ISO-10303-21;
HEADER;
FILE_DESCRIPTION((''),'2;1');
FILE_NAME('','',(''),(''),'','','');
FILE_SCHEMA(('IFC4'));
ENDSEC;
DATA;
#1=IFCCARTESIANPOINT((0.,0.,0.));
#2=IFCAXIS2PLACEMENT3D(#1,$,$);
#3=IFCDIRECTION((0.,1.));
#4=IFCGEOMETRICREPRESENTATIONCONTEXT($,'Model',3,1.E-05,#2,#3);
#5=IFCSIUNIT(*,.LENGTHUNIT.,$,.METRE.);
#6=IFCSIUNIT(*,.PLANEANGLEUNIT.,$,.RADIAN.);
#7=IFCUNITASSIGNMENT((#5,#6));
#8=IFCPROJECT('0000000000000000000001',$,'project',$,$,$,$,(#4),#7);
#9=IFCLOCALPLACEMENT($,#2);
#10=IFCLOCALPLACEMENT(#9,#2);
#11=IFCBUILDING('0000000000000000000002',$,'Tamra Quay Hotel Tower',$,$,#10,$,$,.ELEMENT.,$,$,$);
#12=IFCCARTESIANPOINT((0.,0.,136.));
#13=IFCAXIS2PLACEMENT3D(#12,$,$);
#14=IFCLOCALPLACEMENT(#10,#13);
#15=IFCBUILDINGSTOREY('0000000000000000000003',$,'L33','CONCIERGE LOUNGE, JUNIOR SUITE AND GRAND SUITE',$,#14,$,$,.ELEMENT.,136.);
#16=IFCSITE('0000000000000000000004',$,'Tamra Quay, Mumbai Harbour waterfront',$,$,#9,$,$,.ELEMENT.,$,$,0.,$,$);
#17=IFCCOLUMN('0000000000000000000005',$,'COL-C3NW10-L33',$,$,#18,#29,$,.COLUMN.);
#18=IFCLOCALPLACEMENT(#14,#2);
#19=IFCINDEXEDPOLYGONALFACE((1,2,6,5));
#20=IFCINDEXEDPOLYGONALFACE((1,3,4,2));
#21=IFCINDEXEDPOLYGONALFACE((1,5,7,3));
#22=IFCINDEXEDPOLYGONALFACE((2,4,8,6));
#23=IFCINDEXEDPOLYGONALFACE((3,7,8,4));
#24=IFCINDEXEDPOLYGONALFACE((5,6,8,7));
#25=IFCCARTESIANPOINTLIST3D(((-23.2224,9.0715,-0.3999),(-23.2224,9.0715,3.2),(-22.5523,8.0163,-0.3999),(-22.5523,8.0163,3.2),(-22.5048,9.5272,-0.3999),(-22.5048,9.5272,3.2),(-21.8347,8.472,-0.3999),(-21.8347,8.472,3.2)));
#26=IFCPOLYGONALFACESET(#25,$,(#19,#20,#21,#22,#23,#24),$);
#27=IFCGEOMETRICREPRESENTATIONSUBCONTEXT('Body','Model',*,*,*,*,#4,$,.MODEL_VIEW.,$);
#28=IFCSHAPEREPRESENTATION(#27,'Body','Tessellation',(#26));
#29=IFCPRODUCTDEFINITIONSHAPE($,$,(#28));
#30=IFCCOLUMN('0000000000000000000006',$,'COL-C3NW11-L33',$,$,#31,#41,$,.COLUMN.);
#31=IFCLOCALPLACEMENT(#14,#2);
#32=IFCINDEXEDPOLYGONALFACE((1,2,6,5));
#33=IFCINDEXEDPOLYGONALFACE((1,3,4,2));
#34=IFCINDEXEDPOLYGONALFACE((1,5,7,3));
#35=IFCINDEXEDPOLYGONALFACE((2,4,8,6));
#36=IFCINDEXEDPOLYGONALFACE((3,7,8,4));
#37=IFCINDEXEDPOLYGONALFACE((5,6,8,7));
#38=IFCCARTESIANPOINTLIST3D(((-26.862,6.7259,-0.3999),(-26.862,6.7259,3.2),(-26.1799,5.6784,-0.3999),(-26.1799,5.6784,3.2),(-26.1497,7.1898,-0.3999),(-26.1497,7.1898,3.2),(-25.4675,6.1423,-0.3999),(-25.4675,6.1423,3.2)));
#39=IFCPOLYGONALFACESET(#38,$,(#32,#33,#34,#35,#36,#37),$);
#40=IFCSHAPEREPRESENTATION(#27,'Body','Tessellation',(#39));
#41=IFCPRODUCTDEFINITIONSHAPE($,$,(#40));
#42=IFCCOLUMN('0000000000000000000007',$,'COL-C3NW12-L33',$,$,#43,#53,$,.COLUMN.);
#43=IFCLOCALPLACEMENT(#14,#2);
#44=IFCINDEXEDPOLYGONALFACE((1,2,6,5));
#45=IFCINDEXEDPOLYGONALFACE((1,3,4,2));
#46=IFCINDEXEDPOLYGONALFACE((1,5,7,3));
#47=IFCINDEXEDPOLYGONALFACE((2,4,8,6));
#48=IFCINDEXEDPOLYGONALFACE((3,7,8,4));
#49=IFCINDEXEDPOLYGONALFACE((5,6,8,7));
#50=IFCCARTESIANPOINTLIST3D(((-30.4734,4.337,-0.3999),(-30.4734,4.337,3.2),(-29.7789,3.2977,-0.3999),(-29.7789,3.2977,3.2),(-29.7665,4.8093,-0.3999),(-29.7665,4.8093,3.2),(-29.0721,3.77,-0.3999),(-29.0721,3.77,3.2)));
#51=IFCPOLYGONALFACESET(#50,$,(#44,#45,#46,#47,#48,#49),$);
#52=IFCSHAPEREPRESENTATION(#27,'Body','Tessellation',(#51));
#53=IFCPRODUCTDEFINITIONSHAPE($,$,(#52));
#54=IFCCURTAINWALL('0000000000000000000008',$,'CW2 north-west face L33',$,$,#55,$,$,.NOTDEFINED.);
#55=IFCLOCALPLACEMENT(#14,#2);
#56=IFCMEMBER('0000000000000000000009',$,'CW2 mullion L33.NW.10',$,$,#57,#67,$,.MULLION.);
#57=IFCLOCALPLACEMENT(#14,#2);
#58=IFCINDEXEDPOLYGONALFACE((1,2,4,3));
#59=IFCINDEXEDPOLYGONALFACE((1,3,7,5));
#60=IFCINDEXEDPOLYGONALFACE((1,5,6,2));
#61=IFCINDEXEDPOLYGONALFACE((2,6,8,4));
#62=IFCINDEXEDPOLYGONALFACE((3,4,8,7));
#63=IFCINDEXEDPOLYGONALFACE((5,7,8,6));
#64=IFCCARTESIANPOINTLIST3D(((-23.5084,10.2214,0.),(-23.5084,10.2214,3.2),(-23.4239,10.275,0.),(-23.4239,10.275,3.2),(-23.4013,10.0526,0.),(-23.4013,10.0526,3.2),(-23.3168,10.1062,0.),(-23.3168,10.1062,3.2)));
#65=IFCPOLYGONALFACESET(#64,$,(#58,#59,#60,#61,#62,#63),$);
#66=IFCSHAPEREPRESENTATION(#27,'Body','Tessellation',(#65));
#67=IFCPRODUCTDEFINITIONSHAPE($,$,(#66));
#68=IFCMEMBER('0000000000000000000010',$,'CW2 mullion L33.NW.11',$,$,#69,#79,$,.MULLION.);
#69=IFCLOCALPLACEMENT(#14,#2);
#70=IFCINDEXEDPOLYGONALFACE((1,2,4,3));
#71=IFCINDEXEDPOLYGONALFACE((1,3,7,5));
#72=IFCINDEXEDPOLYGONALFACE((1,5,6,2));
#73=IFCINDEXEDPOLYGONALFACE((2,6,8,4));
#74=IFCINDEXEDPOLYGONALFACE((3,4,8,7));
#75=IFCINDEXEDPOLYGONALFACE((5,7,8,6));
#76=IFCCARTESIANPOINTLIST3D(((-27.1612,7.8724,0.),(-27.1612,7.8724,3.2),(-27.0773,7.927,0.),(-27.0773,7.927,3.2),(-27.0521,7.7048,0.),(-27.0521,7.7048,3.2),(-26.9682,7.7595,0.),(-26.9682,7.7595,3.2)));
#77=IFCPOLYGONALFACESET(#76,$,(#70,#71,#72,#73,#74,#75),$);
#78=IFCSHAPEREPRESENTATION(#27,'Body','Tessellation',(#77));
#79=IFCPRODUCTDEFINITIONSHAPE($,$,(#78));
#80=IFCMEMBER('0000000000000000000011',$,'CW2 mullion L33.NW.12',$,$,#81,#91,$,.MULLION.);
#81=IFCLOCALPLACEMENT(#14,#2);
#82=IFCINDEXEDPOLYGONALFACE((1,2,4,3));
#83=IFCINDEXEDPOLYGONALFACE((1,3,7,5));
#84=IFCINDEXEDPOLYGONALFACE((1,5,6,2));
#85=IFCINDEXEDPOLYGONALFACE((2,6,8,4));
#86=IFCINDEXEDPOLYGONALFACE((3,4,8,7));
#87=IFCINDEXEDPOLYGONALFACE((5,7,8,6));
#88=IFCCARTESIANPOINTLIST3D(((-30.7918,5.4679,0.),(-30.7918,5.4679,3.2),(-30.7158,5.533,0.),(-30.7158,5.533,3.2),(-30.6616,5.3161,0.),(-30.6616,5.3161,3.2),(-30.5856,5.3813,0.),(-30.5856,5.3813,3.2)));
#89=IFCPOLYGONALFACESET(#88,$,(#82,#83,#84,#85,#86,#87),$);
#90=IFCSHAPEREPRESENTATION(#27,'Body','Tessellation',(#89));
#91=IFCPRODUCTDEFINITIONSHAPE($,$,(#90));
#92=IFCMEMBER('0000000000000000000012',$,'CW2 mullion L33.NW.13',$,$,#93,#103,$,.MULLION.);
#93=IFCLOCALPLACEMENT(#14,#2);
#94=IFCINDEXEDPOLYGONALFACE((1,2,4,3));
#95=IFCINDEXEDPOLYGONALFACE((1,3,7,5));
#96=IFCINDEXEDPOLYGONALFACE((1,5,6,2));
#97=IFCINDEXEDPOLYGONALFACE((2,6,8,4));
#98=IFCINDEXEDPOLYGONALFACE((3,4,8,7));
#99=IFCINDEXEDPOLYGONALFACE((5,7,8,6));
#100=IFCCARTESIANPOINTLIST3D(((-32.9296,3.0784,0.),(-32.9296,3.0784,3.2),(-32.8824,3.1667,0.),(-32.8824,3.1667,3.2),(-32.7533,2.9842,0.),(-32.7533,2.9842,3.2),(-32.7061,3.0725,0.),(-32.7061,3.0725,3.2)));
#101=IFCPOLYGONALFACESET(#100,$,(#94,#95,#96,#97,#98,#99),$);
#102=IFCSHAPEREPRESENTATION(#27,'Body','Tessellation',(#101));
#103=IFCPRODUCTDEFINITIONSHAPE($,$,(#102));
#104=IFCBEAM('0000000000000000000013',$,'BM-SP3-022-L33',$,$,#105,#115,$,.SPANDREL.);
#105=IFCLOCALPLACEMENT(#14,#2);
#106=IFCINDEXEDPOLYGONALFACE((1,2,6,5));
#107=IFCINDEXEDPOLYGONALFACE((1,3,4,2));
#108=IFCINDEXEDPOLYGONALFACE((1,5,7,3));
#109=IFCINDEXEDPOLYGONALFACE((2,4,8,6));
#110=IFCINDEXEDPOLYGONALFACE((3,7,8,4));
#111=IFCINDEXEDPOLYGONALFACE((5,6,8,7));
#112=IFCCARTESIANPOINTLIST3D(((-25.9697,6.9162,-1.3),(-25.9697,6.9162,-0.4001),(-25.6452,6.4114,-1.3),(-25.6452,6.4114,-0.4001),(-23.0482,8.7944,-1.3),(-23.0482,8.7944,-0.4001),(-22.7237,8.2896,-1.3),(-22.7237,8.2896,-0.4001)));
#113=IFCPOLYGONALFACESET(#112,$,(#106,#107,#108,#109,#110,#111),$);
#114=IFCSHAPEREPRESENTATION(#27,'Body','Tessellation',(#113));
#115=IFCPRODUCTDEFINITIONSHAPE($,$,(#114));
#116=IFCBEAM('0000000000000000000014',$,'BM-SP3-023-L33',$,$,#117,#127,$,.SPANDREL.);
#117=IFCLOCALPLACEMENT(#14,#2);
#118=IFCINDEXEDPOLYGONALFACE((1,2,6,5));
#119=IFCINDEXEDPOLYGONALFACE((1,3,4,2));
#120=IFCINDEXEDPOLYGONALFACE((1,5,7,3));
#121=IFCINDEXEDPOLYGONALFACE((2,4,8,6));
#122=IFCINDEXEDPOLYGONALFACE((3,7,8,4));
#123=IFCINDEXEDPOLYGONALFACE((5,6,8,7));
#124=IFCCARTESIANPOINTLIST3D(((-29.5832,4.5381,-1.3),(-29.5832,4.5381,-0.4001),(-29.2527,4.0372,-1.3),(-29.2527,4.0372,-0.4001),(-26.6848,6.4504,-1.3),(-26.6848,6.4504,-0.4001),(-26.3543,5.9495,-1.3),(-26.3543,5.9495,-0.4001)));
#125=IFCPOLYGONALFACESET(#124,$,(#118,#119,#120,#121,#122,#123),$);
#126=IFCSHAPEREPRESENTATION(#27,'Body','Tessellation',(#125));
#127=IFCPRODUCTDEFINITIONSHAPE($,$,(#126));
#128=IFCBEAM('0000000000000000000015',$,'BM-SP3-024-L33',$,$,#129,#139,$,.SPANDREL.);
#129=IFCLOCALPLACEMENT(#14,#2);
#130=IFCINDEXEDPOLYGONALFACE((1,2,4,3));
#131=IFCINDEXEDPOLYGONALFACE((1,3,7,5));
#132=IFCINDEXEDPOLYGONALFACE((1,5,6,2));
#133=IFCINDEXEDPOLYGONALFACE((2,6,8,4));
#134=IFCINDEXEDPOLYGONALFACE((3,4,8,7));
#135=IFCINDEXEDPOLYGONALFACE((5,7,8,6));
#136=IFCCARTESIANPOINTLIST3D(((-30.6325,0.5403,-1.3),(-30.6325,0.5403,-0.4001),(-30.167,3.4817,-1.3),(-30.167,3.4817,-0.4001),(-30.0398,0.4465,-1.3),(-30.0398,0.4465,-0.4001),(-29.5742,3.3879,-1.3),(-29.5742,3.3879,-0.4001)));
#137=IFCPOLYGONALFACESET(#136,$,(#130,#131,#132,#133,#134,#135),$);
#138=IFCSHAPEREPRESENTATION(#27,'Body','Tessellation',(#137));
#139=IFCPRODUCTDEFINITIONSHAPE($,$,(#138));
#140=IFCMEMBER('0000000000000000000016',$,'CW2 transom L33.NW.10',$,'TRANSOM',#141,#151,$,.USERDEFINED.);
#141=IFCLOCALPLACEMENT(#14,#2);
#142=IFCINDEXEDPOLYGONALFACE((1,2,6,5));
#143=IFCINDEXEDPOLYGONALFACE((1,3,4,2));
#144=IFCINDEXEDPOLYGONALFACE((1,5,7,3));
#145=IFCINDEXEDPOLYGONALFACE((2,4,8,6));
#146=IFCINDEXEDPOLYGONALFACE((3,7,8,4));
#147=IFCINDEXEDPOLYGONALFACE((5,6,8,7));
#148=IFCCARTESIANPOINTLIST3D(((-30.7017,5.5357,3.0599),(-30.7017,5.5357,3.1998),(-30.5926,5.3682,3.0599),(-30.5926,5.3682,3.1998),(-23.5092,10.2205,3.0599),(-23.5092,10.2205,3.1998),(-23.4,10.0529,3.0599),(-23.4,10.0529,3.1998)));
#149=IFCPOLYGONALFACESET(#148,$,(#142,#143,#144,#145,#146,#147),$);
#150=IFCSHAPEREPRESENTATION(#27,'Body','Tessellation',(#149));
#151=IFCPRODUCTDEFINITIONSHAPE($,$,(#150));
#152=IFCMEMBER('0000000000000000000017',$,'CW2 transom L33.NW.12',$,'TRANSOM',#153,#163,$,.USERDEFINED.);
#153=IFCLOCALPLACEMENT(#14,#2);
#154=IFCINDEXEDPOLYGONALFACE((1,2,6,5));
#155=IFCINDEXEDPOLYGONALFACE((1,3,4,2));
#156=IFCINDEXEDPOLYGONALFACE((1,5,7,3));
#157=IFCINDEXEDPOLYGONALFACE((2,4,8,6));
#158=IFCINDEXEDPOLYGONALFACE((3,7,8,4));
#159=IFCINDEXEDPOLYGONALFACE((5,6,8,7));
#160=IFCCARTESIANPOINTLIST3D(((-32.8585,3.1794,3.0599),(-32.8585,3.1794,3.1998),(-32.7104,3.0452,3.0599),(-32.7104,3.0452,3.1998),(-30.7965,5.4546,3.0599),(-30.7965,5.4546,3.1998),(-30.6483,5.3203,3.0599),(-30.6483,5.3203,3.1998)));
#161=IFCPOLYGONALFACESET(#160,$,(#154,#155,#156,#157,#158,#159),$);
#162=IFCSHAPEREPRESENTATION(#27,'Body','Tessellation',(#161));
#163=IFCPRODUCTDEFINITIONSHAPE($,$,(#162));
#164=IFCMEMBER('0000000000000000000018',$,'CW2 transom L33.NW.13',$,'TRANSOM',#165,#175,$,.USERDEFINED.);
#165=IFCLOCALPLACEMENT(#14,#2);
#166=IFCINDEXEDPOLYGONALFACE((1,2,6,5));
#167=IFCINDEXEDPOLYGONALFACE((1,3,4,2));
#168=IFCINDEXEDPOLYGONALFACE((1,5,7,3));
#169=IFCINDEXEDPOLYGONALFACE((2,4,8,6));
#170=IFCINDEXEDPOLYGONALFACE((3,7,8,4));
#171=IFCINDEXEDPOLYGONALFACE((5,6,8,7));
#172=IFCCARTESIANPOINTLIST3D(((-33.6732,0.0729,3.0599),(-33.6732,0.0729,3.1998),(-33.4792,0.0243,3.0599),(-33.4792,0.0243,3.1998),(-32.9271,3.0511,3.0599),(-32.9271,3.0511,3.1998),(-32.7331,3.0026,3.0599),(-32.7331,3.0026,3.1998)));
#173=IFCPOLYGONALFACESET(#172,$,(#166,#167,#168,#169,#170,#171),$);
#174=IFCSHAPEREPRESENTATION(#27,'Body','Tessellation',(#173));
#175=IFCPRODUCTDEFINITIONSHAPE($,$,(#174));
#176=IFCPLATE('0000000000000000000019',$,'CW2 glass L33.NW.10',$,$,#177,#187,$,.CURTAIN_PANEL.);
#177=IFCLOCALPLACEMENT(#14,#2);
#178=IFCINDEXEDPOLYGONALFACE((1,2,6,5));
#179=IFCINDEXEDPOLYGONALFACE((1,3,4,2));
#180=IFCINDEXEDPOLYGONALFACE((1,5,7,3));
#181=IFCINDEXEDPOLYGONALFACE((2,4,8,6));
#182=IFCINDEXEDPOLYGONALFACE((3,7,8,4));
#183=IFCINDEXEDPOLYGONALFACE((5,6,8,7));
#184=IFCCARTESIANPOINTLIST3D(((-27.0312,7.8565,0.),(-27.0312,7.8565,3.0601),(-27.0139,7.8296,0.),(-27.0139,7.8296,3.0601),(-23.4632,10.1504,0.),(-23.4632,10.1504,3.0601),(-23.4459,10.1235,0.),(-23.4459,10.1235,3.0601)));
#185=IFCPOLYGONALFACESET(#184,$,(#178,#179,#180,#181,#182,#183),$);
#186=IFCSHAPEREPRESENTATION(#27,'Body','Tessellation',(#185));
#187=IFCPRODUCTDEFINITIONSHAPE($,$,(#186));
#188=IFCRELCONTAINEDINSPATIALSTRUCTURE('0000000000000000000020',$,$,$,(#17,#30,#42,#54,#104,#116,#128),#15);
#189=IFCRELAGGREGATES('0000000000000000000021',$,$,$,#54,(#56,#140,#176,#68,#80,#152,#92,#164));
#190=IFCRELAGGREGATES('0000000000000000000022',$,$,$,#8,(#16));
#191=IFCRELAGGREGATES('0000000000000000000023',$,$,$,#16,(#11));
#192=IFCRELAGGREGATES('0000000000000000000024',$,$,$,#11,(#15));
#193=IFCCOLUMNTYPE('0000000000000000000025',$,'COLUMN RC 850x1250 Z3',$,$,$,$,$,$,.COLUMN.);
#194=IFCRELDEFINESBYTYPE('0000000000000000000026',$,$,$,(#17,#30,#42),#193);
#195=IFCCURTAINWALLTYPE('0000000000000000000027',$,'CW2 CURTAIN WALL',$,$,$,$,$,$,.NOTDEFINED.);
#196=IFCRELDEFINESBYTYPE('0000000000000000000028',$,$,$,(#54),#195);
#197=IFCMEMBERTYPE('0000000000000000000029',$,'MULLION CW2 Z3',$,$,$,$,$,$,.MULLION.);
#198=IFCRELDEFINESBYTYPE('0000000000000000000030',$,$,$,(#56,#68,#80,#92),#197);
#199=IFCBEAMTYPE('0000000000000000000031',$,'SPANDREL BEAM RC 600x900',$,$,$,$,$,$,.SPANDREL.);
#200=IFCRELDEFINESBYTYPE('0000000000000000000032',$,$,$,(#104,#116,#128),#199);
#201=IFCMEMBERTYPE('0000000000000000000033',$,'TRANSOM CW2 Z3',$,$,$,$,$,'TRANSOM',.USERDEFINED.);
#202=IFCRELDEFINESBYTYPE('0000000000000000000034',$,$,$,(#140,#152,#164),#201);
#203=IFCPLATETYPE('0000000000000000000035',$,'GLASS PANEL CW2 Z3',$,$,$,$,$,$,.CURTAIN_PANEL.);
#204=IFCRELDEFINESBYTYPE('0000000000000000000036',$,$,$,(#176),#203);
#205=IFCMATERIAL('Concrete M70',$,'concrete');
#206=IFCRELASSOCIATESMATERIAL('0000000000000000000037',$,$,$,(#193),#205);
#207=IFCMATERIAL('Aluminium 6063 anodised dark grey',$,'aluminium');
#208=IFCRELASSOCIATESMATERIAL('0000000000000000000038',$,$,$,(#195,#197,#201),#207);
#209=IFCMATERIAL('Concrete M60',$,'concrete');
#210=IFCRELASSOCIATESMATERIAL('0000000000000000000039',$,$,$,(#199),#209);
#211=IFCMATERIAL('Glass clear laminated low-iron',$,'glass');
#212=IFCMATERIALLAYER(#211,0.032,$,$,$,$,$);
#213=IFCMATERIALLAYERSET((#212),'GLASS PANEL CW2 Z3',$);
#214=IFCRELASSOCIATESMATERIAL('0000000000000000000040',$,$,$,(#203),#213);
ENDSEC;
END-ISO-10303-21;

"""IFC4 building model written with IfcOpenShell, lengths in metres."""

from ifc_helpers import new_model, si_unit, direction, frame, origin, origin_2d, place, context, subcontext, project, spatial, rectangle, extrude, material, layer, layer_set, material_profile, profile_set, type_object, element, aggregate, save


model = new_model("IFC4")

# Units and contexts
model_context = context("Model", 3, precision=1e-05, world=origin(), true_north=direction((0.0, 1.0)))
body_context = subcontext(model_context, "Body", "Model", "MODEL_VIEW")
ifc_project = project(units=[si_unit("LENGTHUNIT", "METRE"), si_unit("PLANEANGLEUNIT", "RADIAN")], contexts=[model_context])

# Site, building, storey
site_placement = place(None, origin())
site = spatial("IfcSite", under=ifc_project, at=site_placement, Name="Tamra Quay, Mumbai Harbour waterfront", CompositionType="ELEMENT", RefElevation=0.0)
building_placement = place(site_placement, origin())
building = spatial("IfcBuilding", under=site, at=building_placement, Name="Tamra Quay Hotel Tower", CompositionType="ELEMENT")
storey_placement = place(building_placement, frame((0.0, 0.0, 136.0)))
storey = spatial("IfcBuildingStorey", under=building, at=storey_placement, Name="L33", Description="CONCIERGE LOUNGE, JUNIOR SUITE AND GRAND SUITE", CompositionType="ELEMENT", Elevation=136.0)

# Columns
ifc_material_1 = material(Name="Concrete M70", Category="concrete")
ifc_material_profile_1 = material_profile(ifc_material_1, rectangle(XDim=1.25, YDim=0.8501, at=origin_2d()), Name="COLUMN RC 850x1250 Z3")
ifc_profile_set_1 = profile_set([ifc_material_profile_1], Name="Concrete M70")
column_type = type_object("IfcColumnType", Name="COLUMN RC 850x1250 Z3", PredefinedType="COLUMN", material=ifc_profile_set_1)
for number, where, z_axis, x_axis, name in (
    (1, (-22.5286, 8.7717, -0.3999), (0.0, 0.0, 1.0), (-0.536102, 0.844153, 0.0), "COL-C3NW10-L33"),
    (2, (-26.1648, 6.4341, -0.3999), (0.0, 0.0, 1.0), (-0.545703, 0.837979, 0.0), "COL-C3NW11-L33"),
    (3, (-29.7727, 4.0535, -0.3999), (0.0, 0.0, 1.0), (-0.555583, 0.831461, 0.0), "COL-C3NW12-L33"),
):
    element("IfcColumn", number, at=place(storey_placement, frame(where, z_axis=z_axis, x_axis=x_axis)), inside=storey, type_object=column_type, Name=name, PredefinedType="COLUMN", context=body_context, shape_type="SweptSolid", body=[
        extrude(rectangle(XDim=1.25, YDim=0.8501, at=origin_2d()), origin(), (0.0, 0.0, 1.0), 3.5999),
    ])

# Curtain wall, members
ifc_material_2 = material(Name="Aluminium 6063 anodised dark grey", Category="aluminium")
curtain_wall_type = type_object("IfcCurtainWallType", Name="CW2 CURTAIN WALL", PredefinedType="NOTDEFINED", material=ifc_material_2)
curtain_wall_placement = place(storey_placement, origin())
curtain_wall = element("IfcCurtainWall", 4, at=curtain_wall_placement, inside=storey, type_object=curtain_wall_type, Name="CW2 north-west face L33", PredefinedType="NOTDEFINED")
ifc_material_profile_2 = material_profile(ifc_material_2, rectangle(XDim=0.2, YDim=0.1001, at=origin_2d()), Name="MULLION 100X200")
ifc_profile_set_2 = profile_set([ifc_material_profile_2], Name="Aluminium 6063 anodised dark grey")
member_type_1 = type_object("IfcMemberType", Name="MULLION CW2 Z3", PredefinedType="MULLION", material=ifc_profile_set_2)
member_1_placement = place(storey_placement, frame((-23.4126, 10.1638, 0.0), z_axis=(0.0, 0.0, 1.0), x_axis=(-0.53576, 0.84437, 0.0)))
member_1 = element("IfcMember", 5, at=member_1_placement, type_object=member_type_1, Name="CW2 mullion L33.NW.10", PredefinedType="MULLION", context=body_context, shape_type="SweptSolid", body=[
    extrude(rectangle(XDim=0.2, YDim=0.1001, at=origin_2d()), origin(), (0.0, 0.0, 1.0), 3.2),
])
member_2_placement = place(storey_placement, frame((-27.0647, 7.8159, 0.0), z_axis=(0.0, 0.0, 1.0), x_axis=(-0.54578, 0.837928, 0.0)))
member_2 = element("IfcMember", 6, at=member_2_placement, type_object=member_type_1, Name="CW2 mullion L33.NW.11", PredefinedType="MULLION", context=body_context, shape_type="SweptSolid", body=[
    extrude(rectangle(XDim=0.2, YDim=0.1001, at=origin_2d()), origin(), (0.0, 0.0, 1.0), 3.2),
])
member_3_placement = place(storey_placement, frame((-30.6887, 5.4246, 0.0), z_axis=(0.0, 0.0, 1.0), x_axis=(-0.650989, 0.759087, 0.0)))
member_3 = element("IfcMember", 7, at=member_3_placement, type_object=member_type_1, Name="CW2 mullion L33.NW.12", PredefinedType="MULLION", context=body_context, shape_type="SweptSolid", body=[
    extrude(rectangle(XDim=0.2, YDim=0.1001, at=origin_2d()), origin(), (0.0, 0.0, 1.0), 3.2),
])
member_4_placement = place(storey_placement, frame((-32.8179, 3.0754, 0.0), z_axis=(0.0, 0.0, 1.0), x_axis=(-0.881925, 0.471389, 0.0)))
member_4 = element("IfcMember", 8, at=member_4_placement, type_object=member_type_1, Name="CW2 mullion L33.NW.13", PredefinedType="MULLION", context=body_context, shape_type="SweptSolid", body=[
    extrude(rectangle(XDim=0.2, YDim=0.1001, at=origin_2d()), origin(), (0.0, 0.0, 1.0), 3.2),
])

# Beams
ifc_material_3 = material(Name="Concrete M60", Category="concrete")
ifc_material_profile_3 = material_profile(ifc_material_3, rectangle(XDim=0.6001, YDim=0.8999, at=origin_2d()), Name="SPANDREL BEAM RC 600x900")
ifc_profile_set_3 = profile_set([ifc_material_profile_3], Name="Concrete M60")
beam_type = type_object("IfcBeamType", Name="SPANDREL BEAM RC 600x900", PredefinedType="SPANDREL", material=ifc_profile_set_3)
beam_1_placement = place(storey_placement, frame((-22.886, 8.542, -0.8501), z_axis=(-0.84116, -0.540786, 0.0), x_axis=(0.540786, -0.84116, 0.0)))
element("IfcBeam", 9, at=beam_1_placement, inside=storey, type_object=beam_type, Name="BM-SP3-022-L33", PredefinedType="SPANDREL", context=body_context, shape_type="SweptSolid", body=[
    extrude(rectangle(XDim=0.6001, YDim=0.8999, at=origin_2d()), origin(), (0.0, 0.0, 1.0), 3.4731),
])
beam_2_placement = place(storey_placement, frame((-26.5195, 6.2, -0.8501), z_axis=(-0.834691, -0.550719, 0.0), x_axis=(0.550719, -0.834691, 0.0)))
element("IfcBeam", 10, at=beam_2_placement, inside=storey, type_object=beam_type, Name="BM-SP3-023-L33", PredefinedType="SPANDREL", context=body_context, shape_type="SweptSolid", body=[
    extrude(rectangle(XDim=0.6001, YDim=0.8999, at=origin_2d()), origin(), (0.0, 0.0, 1.0), 3.4724),
])
beam_3_placement = place(storey_placement, frame((-29.8706, 3.4348, -0.8501), z_axis=(-0.156337, -0.987704, 0.0), x_axis=(0.987704, -0.156337, 0.0)))
element("IfcBeam", 11, at=beam_3_placement, inside=storey, type_object=beam_type, Name="BM-SP3-024-L33", PredefinedType="SPANDREL", context=body_context, shape_type="SweptSolid", body=[
    extrude(rectangle(XDim=0.6001, YDim=0.8999, at=origin_2d()), origin(), (0.0, 0.0, 1.0), 2.978),
])

# Members
ifc_material_profile_4 = material_profile(ifc_material_2, rectangle(XDim=0.2, YDim=0.1399, at=origin_2d()), Name="TRANSOM 200X140")
ifc_profile_set_4 = profile_set([ifc_material_profile_4], Name="Aluminium 6063 anodised dark grey")
member_type_2 = type_object("IfcMemberType", Name="TRANSOM CW2 Z3", ElementType="TRANSOM", PredefinedType="USERDEFINED", material=ifc_profile_set_4)
member_5_placement = place(storey_placement, frame((-23.4546, 10.1367, 3.1299), z_axis=(-0.837932, -0.545775, 0.0), x_axis=(0.545775, -0.837932, 0.0)))
member_5 = element("IfcMember", 12, at=member_5_placement, type_object=member_type_2, Name="CW2 transom L33.NW.10", ObjectType="TRANSOM", PredefinedType="USERDEFINED", context=body_context, shape_type="SweptSolid", body=[
    extrude(rectangle(XDim=0.2, YDim=0.1399, at=origin_2d()), origin(), (0.0, 0.0, 1.0), 8.5837),
])
member_6_placement = place(storey_placement, frame((-30.7224, 5.3875, 3.1299), z_axis=(-0.671548, -0.740961, 0.0), x_axis=(0.740961, -0.671548, 0.0)))
member_6 = element("IfcMember", 13, at=member_6_placement, type_object=member_type_2, Name="CW2 transom L33.NW.12", ObjectType="TRANSOM", PredefinedType="USERDEFINED", context=body_context, shape_type="SweptSolid", body=[
    extrude(rectangle(XDim=0.2, YDim=0.1399, at=origin_2d()), origin(), (0.0, 0.0, 1.0), 3.0706),
])
member_7_placement = place(storey_placement, frame((-32.8301, 3.0269, 3.1299), z_axis=(-0.243003, -0.970025, 0.0), x_axis=(0.970025, -0.243003, 0.0)))
member_7 = element("IfcMember", 14, at=member_7_placement, type_object=member_type_2, Name="CW2 transom L33.NW.13", ObjectType="TRANSOM", PredefinedType="USERDEFINED", context=body_context, shape_type="SweptSolid", body=[
    extrude(rectangle(XDim=0.2, YDim=0.1399, at=origin_2d()), origin(), (0.0, 0.0, 1.0), 3.0703),
])

# Plate
ifc_material_4 = material(Name="Glass clear laminated low-iron", Category="glass")
ifc_layer_1 = layer(ifc_material_4, 0.032)
ifc_layer_set_1 = layer_set([ifc_layer_1], Name="GLASS PANEL CW2 Z3")
plate_type = type_object("IfcPlateType", Name="GLASS PANEL CW2 Z3", PredefinedType="CURTAIN_PANEL", material=ifc_layer_set_1)
plate_1_placement = place(storey_placement, frame((-25.2385, 8.99, 0.0), z_axis=(0.0, 0.0, 1.0), x_axis=(-0.841164, -0.54078, 0.0)))
plate_1 = element("IfcPlate", 15, at=plate_1_placement, type_object=plate_type, Name="CW2 glass L33.NW.10", PredefinedType="CURTAIN_PANEL", context=body_context, shape_type="SweptSolid", body=[
    extrude(rectangle(XDim=4.2417, YDim=0.032, at=origin_2d()), origin(), (0.0, 0.0, 1.0), 3.0601),
])
aggregate(curtain_wall, [member_1, member_5, plate_1, member_2, member_3, member_6, member_4, member_7])

save(model, "model.ifc")
